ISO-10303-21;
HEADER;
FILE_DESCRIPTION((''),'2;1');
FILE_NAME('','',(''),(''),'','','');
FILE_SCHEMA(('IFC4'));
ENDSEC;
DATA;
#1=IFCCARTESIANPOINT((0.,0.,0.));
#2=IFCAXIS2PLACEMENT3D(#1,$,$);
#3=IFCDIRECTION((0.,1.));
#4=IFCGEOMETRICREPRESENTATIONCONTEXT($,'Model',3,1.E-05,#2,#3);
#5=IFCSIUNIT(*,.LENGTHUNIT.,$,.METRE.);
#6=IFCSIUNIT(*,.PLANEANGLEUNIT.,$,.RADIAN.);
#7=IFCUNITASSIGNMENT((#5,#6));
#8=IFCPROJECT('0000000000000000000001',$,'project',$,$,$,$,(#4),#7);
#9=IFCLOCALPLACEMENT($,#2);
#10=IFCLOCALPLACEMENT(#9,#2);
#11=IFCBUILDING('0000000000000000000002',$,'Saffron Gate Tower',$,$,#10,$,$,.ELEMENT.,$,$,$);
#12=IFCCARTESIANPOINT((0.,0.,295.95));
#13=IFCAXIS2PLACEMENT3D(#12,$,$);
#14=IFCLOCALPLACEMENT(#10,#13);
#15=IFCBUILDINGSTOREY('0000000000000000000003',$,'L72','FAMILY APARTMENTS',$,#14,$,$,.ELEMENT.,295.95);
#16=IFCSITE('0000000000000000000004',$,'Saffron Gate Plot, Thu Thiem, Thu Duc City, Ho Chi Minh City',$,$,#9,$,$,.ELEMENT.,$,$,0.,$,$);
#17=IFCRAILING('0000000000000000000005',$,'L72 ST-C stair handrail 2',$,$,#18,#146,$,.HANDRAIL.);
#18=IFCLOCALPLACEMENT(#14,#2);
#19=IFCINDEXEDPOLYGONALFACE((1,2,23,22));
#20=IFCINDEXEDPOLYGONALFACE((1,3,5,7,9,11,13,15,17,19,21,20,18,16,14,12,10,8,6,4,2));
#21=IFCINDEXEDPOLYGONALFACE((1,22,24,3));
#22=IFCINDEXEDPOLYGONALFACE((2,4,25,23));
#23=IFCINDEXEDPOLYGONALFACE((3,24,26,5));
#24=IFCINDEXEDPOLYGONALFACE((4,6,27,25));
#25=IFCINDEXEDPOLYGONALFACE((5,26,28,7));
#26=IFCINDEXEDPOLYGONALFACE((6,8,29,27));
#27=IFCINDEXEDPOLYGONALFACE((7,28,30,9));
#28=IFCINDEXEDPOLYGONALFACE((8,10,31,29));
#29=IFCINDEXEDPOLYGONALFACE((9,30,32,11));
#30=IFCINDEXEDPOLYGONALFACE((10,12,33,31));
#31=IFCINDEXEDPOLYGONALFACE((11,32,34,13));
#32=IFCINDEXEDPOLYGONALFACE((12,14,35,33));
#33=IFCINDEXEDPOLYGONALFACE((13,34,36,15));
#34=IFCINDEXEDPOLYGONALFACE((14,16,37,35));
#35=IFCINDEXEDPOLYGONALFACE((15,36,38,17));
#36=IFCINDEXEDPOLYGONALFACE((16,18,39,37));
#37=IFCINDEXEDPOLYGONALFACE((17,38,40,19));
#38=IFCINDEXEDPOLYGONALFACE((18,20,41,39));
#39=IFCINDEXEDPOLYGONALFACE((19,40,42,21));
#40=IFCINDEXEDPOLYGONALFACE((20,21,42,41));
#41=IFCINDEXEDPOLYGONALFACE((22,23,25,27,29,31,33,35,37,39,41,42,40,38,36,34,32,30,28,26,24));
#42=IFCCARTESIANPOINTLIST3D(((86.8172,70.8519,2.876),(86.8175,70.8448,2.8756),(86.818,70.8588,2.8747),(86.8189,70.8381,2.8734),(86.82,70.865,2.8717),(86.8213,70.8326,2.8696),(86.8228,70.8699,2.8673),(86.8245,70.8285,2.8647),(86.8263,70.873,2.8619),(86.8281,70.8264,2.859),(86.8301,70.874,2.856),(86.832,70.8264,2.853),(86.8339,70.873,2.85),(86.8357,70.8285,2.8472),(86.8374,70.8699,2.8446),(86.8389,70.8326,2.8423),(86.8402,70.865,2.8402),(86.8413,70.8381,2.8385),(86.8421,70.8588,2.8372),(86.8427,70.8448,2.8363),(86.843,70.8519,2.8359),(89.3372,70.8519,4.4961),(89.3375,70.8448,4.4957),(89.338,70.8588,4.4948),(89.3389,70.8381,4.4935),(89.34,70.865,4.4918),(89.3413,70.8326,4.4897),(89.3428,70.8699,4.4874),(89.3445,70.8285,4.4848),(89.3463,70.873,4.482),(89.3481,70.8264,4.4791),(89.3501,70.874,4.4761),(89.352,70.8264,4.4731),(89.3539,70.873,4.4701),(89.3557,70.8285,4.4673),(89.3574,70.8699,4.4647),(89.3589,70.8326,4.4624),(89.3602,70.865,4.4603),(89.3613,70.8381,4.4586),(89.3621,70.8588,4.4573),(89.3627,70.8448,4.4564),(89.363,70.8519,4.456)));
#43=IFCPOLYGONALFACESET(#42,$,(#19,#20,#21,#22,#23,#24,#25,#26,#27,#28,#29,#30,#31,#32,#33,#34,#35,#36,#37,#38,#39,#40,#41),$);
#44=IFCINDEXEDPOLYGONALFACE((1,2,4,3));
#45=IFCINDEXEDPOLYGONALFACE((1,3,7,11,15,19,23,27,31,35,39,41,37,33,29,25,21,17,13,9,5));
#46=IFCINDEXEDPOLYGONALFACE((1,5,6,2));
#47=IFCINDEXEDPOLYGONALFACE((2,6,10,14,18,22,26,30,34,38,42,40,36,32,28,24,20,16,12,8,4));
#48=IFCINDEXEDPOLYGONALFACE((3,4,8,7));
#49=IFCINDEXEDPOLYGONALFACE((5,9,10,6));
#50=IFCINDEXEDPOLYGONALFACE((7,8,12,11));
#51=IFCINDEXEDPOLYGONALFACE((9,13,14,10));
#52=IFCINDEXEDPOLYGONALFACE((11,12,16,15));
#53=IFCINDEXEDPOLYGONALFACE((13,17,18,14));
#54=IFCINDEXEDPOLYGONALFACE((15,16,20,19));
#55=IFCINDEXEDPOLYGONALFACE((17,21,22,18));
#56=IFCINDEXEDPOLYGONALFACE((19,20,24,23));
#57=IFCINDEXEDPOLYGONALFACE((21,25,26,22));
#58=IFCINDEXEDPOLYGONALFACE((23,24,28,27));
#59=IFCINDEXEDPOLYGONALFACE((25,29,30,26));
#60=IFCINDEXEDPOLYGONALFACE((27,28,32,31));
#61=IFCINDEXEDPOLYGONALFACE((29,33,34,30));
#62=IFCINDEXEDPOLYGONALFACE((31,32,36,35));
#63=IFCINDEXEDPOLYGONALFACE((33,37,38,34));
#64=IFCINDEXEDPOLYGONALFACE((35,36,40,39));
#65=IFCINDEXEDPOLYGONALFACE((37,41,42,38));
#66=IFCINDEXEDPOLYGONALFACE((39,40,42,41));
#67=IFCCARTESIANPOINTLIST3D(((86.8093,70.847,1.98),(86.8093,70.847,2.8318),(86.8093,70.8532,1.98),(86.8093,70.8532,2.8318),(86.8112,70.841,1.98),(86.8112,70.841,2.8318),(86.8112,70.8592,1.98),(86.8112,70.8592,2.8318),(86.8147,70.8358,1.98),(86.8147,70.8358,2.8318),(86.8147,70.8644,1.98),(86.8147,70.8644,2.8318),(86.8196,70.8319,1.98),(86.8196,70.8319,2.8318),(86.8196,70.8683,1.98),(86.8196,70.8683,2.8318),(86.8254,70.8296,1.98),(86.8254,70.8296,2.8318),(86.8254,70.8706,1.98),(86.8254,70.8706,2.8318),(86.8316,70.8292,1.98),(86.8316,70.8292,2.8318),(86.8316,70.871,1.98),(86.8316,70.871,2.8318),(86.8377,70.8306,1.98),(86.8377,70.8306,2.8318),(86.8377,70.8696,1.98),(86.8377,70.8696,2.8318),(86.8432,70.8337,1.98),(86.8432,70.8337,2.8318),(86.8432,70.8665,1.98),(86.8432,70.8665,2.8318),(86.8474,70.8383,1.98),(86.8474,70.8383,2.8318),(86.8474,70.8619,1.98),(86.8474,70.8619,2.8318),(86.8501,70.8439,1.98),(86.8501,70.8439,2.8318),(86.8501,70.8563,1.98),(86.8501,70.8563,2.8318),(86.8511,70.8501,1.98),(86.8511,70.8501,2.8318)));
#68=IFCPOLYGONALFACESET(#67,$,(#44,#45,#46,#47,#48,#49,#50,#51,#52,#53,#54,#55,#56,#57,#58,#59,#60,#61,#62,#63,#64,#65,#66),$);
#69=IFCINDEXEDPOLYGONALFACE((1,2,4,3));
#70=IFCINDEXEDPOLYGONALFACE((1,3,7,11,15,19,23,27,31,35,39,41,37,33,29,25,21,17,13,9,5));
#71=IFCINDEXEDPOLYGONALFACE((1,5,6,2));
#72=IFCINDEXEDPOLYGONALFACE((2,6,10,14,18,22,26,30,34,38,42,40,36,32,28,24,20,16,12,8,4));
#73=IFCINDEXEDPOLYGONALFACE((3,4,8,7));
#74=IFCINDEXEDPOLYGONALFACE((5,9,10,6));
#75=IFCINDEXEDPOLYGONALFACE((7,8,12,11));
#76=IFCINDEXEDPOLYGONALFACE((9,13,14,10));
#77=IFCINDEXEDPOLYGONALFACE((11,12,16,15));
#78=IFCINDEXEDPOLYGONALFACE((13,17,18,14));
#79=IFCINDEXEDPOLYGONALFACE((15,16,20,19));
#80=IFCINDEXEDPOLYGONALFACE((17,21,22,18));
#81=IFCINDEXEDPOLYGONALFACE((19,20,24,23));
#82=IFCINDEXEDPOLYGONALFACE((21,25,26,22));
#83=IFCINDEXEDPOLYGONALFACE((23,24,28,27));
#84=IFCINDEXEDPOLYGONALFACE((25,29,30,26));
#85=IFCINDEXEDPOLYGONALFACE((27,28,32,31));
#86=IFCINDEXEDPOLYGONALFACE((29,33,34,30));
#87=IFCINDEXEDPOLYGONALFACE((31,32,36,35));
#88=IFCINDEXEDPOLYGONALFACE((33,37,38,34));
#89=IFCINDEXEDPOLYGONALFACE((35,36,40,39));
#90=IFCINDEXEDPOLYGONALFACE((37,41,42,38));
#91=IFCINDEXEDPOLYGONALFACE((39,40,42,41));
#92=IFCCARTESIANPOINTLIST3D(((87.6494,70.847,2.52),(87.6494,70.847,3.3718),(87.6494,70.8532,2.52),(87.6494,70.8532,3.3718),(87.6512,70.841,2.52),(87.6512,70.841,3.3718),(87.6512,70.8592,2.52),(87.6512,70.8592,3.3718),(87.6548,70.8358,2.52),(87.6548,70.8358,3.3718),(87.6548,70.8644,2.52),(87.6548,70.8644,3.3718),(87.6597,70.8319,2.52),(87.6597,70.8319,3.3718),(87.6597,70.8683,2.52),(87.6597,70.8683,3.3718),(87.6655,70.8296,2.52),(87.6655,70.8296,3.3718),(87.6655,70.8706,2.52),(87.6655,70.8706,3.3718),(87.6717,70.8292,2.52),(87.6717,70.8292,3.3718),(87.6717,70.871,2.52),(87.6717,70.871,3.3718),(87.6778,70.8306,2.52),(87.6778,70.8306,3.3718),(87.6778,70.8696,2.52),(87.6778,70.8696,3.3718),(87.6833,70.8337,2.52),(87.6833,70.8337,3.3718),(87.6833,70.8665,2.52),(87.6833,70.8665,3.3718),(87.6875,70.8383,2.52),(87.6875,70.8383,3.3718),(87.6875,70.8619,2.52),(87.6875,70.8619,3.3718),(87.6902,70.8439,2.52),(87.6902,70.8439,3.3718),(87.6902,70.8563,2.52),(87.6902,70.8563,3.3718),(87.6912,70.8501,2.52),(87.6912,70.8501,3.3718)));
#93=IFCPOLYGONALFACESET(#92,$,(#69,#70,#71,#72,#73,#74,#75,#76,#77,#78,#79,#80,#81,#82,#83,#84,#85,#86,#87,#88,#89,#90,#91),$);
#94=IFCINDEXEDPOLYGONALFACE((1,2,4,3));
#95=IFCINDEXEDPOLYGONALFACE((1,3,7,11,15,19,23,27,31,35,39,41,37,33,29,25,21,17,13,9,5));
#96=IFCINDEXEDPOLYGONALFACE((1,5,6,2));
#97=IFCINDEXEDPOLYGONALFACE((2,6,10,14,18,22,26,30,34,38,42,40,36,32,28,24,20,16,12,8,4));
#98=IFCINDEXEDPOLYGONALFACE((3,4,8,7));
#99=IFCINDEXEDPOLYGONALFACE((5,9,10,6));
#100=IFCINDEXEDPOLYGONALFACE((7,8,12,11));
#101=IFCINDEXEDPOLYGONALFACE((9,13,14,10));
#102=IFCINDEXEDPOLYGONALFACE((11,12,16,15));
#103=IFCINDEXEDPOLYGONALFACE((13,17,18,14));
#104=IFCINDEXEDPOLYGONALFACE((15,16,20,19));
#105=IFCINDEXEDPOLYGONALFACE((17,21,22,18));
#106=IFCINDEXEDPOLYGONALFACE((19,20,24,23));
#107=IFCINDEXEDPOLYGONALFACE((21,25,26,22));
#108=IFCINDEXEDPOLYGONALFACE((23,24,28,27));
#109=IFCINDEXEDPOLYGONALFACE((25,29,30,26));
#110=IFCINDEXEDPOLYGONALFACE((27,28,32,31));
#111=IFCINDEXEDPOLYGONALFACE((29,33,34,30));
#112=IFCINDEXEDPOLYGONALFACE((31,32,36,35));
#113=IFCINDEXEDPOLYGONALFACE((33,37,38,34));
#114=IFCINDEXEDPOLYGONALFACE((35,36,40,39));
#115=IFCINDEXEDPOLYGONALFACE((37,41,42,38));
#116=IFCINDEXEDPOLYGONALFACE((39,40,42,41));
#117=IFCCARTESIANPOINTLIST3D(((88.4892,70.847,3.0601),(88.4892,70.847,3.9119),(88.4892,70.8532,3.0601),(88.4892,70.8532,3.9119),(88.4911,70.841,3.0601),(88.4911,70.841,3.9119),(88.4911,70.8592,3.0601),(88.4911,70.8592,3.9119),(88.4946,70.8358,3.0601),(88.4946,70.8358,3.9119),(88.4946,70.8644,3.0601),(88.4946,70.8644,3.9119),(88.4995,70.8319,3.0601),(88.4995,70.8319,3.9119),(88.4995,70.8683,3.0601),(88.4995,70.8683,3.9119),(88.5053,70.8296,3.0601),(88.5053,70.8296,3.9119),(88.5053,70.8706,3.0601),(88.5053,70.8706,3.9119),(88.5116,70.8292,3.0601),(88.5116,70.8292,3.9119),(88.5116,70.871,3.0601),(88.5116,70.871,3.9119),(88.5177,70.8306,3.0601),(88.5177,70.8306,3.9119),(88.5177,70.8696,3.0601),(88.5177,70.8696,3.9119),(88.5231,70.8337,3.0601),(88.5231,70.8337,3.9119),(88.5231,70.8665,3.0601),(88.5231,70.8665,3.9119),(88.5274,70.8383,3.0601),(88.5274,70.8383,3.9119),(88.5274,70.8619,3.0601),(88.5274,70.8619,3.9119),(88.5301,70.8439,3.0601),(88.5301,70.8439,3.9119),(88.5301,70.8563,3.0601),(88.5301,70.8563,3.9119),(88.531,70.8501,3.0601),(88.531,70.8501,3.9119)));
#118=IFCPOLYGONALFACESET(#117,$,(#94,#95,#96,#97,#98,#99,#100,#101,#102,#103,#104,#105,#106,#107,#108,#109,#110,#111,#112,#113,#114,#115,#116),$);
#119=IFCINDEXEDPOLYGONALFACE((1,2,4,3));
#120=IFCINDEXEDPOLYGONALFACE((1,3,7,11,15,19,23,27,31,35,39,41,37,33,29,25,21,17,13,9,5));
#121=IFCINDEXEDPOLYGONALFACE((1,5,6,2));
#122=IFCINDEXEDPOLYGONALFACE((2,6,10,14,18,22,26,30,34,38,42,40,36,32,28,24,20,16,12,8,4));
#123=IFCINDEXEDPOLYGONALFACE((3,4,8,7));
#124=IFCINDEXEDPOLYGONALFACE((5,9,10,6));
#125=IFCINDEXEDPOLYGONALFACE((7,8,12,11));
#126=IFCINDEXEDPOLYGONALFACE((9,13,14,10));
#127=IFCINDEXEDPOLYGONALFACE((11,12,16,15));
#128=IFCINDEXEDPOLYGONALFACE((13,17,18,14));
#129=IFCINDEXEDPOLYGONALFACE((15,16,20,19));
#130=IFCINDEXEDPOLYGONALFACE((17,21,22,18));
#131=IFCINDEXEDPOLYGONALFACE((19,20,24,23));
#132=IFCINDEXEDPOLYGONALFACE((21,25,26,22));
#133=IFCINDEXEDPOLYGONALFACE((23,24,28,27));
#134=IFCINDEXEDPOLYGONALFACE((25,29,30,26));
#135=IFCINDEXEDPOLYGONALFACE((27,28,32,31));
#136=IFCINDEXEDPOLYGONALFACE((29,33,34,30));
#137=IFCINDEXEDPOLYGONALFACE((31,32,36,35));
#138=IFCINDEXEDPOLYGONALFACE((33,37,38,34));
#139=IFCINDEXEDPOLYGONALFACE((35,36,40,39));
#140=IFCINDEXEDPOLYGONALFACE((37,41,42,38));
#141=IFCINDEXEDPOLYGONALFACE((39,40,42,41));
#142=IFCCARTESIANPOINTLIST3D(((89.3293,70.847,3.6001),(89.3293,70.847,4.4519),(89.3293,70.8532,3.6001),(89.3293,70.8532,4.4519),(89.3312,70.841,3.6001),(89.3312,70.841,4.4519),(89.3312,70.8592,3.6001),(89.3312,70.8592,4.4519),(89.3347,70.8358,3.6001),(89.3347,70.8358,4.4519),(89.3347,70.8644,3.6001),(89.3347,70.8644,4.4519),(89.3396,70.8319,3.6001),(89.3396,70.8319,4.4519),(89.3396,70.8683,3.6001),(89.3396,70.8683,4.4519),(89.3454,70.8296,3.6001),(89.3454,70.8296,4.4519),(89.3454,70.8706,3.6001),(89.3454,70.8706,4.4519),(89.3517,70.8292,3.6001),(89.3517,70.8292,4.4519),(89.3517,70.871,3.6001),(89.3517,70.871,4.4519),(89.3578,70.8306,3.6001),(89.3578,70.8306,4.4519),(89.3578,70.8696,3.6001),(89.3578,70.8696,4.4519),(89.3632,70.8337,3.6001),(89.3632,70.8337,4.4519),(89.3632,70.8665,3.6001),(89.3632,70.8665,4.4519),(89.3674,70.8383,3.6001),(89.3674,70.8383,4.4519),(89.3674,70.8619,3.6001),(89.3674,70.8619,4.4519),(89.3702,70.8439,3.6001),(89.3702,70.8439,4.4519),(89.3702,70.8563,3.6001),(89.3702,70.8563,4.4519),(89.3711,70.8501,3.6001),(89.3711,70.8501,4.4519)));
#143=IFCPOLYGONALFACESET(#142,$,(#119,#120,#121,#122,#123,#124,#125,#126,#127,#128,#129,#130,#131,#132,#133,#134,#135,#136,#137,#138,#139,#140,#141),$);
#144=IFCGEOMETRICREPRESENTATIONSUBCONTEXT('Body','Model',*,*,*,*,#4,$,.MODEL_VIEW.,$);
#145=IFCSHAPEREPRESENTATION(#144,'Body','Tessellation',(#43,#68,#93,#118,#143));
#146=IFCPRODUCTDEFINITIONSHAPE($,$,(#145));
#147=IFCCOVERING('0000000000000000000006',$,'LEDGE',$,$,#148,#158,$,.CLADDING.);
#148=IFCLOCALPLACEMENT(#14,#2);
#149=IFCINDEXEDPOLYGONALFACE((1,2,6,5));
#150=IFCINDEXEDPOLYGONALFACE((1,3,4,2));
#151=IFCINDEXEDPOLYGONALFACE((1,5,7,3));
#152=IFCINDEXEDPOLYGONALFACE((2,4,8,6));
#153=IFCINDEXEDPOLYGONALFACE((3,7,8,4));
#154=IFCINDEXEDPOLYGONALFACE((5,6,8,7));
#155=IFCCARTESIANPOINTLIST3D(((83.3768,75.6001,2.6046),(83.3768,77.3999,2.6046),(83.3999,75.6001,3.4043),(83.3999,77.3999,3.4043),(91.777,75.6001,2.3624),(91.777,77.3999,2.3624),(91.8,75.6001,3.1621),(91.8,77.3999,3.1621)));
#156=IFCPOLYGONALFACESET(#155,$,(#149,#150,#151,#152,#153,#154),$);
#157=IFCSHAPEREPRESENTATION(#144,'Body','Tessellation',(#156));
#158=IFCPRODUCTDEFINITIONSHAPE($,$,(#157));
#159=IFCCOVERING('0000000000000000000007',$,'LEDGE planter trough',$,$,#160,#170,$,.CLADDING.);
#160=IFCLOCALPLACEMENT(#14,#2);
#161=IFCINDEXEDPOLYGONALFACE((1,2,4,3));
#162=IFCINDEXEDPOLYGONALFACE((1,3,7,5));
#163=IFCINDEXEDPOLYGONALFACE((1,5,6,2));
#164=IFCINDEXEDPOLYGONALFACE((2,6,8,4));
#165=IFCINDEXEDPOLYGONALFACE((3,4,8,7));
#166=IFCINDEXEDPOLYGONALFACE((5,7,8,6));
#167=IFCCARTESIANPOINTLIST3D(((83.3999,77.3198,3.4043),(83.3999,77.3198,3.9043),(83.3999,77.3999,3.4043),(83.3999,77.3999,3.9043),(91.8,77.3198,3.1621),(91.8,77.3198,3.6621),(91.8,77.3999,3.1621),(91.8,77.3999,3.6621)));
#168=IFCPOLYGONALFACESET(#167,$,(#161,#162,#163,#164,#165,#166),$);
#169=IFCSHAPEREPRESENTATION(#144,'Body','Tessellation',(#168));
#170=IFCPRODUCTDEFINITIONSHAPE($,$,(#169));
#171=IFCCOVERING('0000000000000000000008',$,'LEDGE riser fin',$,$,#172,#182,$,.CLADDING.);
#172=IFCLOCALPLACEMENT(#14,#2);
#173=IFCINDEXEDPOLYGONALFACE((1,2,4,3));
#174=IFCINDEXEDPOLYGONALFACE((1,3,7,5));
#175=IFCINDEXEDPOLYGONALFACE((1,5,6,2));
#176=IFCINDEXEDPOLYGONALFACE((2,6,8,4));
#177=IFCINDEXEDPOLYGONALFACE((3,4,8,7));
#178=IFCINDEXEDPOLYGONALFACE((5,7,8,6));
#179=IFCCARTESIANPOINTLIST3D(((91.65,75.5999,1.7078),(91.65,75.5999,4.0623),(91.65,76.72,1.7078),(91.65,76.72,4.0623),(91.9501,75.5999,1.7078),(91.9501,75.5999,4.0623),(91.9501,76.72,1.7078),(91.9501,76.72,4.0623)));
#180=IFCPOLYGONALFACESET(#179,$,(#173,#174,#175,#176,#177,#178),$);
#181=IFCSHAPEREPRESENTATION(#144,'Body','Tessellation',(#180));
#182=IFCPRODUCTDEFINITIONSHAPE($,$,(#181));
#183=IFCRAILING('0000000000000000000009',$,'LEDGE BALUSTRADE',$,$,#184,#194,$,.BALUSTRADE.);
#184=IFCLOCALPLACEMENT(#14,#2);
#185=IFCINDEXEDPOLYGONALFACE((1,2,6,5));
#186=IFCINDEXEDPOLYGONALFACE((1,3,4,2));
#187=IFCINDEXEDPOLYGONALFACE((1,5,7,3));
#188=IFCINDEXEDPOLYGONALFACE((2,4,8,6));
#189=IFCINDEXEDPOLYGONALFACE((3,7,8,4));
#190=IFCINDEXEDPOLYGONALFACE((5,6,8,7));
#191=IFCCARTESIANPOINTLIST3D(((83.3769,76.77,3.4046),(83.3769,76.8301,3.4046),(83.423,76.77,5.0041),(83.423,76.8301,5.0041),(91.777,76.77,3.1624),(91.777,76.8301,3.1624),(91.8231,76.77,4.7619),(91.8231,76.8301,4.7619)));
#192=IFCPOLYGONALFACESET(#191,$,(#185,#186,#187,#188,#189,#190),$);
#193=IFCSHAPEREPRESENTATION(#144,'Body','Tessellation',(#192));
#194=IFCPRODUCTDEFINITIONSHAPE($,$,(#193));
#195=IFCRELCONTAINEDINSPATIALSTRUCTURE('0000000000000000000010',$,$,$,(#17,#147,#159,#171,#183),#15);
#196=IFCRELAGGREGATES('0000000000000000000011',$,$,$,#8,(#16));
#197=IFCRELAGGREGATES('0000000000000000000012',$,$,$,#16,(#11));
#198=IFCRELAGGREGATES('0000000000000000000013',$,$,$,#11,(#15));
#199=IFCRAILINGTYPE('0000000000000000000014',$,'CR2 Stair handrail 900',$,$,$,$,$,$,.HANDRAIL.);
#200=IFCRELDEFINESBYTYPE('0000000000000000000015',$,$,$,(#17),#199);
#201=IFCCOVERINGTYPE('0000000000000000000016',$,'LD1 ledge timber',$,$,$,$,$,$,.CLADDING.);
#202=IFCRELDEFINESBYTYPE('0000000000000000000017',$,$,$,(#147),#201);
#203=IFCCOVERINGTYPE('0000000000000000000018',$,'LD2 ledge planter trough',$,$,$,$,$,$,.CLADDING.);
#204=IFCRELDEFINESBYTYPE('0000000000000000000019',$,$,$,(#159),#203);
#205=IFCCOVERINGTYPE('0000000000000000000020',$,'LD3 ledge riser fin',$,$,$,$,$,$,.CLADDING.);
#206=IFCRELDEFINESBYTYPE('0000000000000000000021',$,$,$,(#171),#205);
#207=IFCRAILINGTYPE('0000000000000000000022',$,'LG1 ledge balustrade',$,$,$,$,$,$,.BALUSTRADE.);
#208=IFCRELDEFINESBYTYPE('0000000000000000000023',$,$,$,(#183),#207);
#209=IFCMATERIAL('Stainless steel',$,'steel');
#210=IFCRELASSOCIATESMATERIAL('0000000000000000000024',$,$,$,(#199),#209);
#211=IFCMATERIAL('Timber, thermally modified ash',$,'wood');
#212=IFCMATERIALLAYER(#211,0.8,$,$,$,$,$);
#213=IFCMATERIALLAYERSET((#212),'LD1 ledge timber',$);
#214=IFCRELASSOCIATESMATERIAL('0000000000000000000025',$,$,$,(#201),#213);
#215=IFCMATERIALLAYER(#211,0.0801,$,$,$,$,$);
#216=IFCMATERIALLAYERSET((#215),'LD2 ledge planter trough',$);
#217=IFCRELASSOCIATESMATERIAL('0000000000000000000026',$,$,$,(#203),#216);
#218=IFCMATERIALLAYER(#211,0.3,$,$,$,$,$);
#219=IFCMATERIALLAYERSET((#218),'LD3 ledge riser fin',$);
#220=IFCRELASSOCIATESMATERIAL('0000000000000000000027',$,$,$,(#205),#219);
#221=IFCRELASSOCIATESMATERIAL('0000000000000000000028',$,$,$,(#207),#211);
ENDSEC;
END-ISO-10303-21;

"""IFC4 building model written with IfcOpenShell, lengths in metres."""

from ifc_helpers import new_model, si_unit, direction, frame, origin, origin_2d, place, context, subcontext, project, spatial, polyline, rectangle, circle, outline, extrude, material, layer, layer_set, type_object, element, save


model = new_model("IFC4")

# Units and contexts
model_context = context("Model", 3, precision=1e-05, world=origin(), true_north=direction((0.0, 1.0)))
body_context = subcontext(model_context, "Body", "Model", "MODEL_VIEW")
ifc_project = project(units=[si_unit("LENGTHUNIT", "METRE"), si_unit("PLANEANGLEUNIT", "RADIAN")], contexts=[model_context])

# Site, building, storey
site_placement = place(None, origin())
site = spatial("IfcSite", under=ifc_project, at=site_placement, Name="Saffron Gate Plot, Thu Thiem, Thu Duc City, Ho Chi Minh City", CompositionType="ELEMENT", RefElevation=0.0)
building_placement = place(site_placement, origin())
building = spatial("IfcBuilding", under=site, at=building_placement, Name="Saffron Gate Tower", CompositionType="ELEMENT")
storey_placement = place(building_placement, frame((0.0, 0.0, 295.95)))
storey = spatial("IfcBuildingStorey", under=building, at=storey_placement, Name="L72", Description="FAMILY APARTMENTS", CompositionType="ELEMENT", Elevation=295.95)

# Railing
ifc_material_1 = material(Name="Stainless steel", Category="steel")
railing_type_1 = type_object("IfcRailingType", Name="CR2 Stair handrail 900", PredefinedType="HANDRAIL", material=ifc_material_1)
railing_1_placement = place(storey_placement, frame((86.8301, 70.8501, 1.98)))
element("IfcRailing", 1, at=railing_1_placement, inside=storey, type_object=railing_type_1, Name="L72 ST-C stair handrail 2", PredefinedType="HANDRAIL", context=body_context, shape_type="SweptSolid", body=[
    extrude(circle(Radius=0.0239, at=origin_2d()), frame((0.0, 0.0, 0.876), z_axis=(0.841163, 0.0, 0.540782), x_axis=(0.0, 1.0, 0.0)), (0.0, 0.0, 1.0), 2.9958),
    extrude(circle(Radius=0.021, at=origin_2d()), origin(), (0.0, 0.0, 1.0), 0.8518),
    extrude(circle(Radius=0.021, at=origin_2d()), frame((0.8401, 0.0, 0.54)), (0.0, 0.0, 1.0), 0.8518),
    extrude(circle(Radius=0.021, at=origin_2d()), frame((1.6799, 0.0, 1.0801)), (0.0, 0.0, 1.0), 0.8518),
    extrude(circle(Radius=0.021, at=origin_2d()), frame((2.52, 0.0, 1.6201)), (0.0, 0.0, 1.0), 0.8518),
])

# Coverings
ifc_material_2 = material(Name="Timber, thermally modified ash", Category="wood")
ifc_layer_1 = layer(ifc_material_2, 0.8)
ifc_layer_set_1 = layer_set([ifc_layer_1], Name="LD1 ledge timber")
covering_type_1 = type_object("IfcCoveringType", Name="LD1 ledge timber", PredefinedType="CLADDING", material=ifc_layer_set_1)
covering_1_placement = place(storey_placement, frame((91.8, 75.6001, 3.1621), z_axis=(0.028819, 0.0, 0.999585), x_axis=(-0.999585, 0.0, 0.028819)))
element("IfcCovering", 2, at=covering_1_placement, inside=storey, type_object=covering_type_1, Name="LEDGE", PredefinedType="CLADDING", context=body_context, shape_type="SweptSolid", body=[
    extrude(outline(polyline([(0.0, 0.0), (8.4036, 0.0), (8.4036, -1.7998), (0.0, -1.7998), (0.0, 0.0)])), origin(), (0.0, 0.0, -1.0), 0.8),
])
ifc_layer_2 = layer(ifc_material_2, 0.0801)
ifc_layer_set_2 = layer_set([ifc_layer_2], Name="LD2 ledge planter trough")
covering_type_2 = type_object("IfcCoveringType", Name="LD2 ledge planter trough", PredefinedType="CLADDING", material=ifc_layer_set_2)
covering_2_placement = place(storey_placement, frame((91.8, 77.3999, 3.1621), z_axis=(0.0, 1.0, 0.0), x_axis=(-0.999585, 0.0, 0.028819)))
element("IfcCovering", 3, at=covering_2_placement, inside=storey, type_object=covering_type_2, Name="LEDGE planter trough", PredefinedType="CLADDING", context=body_context, shape_type="SweptSolid", body=[
    extrude(outline(polyline([(0.0, 0.0), (8.4036, 0.0), (8.418, 0.4998), (0.0144, 0.4998), (0.0, 0.0)])), origin(), (0.0, 0.0, -1.0), 0.0801),
])
ifc_layer_3 = layer(ifc_material_2, 0.3)
ifc_layer_set_3 = layer_set([ifc_layer_3], Name="LD3 ledge riser fin")
covering_type_3 = type_object("IfcCoveringType", Name="LD3 ledge riser fin", PredefinedType="CLADDING", material=ifc_layer_set_3)
covering_3_placement = place(storey_placement, frame((91.8, 76.1599, 1.7078), z_axis=(0.0, 0.0, 1.0), x_axis=(-1.0, 0.0, 0.0)))
element("IfcCovering", 4, at=covering_3_placement, inside=storey, type_object=covering_type_3, Name="LEDGE riser fin", PredefinedType="CLADDING", context=body_context, shape_type="SweptSolid", body=[
    extrude(rectangle(XDim=0.3, YDim=1.1201, at=origin_2d()), origin(), (0.0, 0.0, 1.0), 2.3545),
])

# Railing
railing_type_2 = type_object("IfcRailingType", Name="LG1 ledge balustrade", PredefinedType="BALUSTRADE", material=ifc_material_2)
railing_2_placement = place(storey_placement, frame((91.8, 76.8, 3.1621)))
element("IfcRailing", 5, at=railing_2_placement, inside=storey, type_object=railing_type_2, Name="LEDGE BALUSTRADE", PredefinedType="BALUSTRADE", context=body_context, shape_type="SweptSolid", body=[
    extrude(rectangle(XDim=0.0601, YDim=1.6001, at=origin_2d()), frame((0.0, 0.0, 0.8), z_axis=(-0.999585, 0.0, 0.028819), x_axis=(0.0, -1.0, 0.0)), (0.0, 0.0, 1.0), 8.4036),
])

save(model, "model.ifc")
